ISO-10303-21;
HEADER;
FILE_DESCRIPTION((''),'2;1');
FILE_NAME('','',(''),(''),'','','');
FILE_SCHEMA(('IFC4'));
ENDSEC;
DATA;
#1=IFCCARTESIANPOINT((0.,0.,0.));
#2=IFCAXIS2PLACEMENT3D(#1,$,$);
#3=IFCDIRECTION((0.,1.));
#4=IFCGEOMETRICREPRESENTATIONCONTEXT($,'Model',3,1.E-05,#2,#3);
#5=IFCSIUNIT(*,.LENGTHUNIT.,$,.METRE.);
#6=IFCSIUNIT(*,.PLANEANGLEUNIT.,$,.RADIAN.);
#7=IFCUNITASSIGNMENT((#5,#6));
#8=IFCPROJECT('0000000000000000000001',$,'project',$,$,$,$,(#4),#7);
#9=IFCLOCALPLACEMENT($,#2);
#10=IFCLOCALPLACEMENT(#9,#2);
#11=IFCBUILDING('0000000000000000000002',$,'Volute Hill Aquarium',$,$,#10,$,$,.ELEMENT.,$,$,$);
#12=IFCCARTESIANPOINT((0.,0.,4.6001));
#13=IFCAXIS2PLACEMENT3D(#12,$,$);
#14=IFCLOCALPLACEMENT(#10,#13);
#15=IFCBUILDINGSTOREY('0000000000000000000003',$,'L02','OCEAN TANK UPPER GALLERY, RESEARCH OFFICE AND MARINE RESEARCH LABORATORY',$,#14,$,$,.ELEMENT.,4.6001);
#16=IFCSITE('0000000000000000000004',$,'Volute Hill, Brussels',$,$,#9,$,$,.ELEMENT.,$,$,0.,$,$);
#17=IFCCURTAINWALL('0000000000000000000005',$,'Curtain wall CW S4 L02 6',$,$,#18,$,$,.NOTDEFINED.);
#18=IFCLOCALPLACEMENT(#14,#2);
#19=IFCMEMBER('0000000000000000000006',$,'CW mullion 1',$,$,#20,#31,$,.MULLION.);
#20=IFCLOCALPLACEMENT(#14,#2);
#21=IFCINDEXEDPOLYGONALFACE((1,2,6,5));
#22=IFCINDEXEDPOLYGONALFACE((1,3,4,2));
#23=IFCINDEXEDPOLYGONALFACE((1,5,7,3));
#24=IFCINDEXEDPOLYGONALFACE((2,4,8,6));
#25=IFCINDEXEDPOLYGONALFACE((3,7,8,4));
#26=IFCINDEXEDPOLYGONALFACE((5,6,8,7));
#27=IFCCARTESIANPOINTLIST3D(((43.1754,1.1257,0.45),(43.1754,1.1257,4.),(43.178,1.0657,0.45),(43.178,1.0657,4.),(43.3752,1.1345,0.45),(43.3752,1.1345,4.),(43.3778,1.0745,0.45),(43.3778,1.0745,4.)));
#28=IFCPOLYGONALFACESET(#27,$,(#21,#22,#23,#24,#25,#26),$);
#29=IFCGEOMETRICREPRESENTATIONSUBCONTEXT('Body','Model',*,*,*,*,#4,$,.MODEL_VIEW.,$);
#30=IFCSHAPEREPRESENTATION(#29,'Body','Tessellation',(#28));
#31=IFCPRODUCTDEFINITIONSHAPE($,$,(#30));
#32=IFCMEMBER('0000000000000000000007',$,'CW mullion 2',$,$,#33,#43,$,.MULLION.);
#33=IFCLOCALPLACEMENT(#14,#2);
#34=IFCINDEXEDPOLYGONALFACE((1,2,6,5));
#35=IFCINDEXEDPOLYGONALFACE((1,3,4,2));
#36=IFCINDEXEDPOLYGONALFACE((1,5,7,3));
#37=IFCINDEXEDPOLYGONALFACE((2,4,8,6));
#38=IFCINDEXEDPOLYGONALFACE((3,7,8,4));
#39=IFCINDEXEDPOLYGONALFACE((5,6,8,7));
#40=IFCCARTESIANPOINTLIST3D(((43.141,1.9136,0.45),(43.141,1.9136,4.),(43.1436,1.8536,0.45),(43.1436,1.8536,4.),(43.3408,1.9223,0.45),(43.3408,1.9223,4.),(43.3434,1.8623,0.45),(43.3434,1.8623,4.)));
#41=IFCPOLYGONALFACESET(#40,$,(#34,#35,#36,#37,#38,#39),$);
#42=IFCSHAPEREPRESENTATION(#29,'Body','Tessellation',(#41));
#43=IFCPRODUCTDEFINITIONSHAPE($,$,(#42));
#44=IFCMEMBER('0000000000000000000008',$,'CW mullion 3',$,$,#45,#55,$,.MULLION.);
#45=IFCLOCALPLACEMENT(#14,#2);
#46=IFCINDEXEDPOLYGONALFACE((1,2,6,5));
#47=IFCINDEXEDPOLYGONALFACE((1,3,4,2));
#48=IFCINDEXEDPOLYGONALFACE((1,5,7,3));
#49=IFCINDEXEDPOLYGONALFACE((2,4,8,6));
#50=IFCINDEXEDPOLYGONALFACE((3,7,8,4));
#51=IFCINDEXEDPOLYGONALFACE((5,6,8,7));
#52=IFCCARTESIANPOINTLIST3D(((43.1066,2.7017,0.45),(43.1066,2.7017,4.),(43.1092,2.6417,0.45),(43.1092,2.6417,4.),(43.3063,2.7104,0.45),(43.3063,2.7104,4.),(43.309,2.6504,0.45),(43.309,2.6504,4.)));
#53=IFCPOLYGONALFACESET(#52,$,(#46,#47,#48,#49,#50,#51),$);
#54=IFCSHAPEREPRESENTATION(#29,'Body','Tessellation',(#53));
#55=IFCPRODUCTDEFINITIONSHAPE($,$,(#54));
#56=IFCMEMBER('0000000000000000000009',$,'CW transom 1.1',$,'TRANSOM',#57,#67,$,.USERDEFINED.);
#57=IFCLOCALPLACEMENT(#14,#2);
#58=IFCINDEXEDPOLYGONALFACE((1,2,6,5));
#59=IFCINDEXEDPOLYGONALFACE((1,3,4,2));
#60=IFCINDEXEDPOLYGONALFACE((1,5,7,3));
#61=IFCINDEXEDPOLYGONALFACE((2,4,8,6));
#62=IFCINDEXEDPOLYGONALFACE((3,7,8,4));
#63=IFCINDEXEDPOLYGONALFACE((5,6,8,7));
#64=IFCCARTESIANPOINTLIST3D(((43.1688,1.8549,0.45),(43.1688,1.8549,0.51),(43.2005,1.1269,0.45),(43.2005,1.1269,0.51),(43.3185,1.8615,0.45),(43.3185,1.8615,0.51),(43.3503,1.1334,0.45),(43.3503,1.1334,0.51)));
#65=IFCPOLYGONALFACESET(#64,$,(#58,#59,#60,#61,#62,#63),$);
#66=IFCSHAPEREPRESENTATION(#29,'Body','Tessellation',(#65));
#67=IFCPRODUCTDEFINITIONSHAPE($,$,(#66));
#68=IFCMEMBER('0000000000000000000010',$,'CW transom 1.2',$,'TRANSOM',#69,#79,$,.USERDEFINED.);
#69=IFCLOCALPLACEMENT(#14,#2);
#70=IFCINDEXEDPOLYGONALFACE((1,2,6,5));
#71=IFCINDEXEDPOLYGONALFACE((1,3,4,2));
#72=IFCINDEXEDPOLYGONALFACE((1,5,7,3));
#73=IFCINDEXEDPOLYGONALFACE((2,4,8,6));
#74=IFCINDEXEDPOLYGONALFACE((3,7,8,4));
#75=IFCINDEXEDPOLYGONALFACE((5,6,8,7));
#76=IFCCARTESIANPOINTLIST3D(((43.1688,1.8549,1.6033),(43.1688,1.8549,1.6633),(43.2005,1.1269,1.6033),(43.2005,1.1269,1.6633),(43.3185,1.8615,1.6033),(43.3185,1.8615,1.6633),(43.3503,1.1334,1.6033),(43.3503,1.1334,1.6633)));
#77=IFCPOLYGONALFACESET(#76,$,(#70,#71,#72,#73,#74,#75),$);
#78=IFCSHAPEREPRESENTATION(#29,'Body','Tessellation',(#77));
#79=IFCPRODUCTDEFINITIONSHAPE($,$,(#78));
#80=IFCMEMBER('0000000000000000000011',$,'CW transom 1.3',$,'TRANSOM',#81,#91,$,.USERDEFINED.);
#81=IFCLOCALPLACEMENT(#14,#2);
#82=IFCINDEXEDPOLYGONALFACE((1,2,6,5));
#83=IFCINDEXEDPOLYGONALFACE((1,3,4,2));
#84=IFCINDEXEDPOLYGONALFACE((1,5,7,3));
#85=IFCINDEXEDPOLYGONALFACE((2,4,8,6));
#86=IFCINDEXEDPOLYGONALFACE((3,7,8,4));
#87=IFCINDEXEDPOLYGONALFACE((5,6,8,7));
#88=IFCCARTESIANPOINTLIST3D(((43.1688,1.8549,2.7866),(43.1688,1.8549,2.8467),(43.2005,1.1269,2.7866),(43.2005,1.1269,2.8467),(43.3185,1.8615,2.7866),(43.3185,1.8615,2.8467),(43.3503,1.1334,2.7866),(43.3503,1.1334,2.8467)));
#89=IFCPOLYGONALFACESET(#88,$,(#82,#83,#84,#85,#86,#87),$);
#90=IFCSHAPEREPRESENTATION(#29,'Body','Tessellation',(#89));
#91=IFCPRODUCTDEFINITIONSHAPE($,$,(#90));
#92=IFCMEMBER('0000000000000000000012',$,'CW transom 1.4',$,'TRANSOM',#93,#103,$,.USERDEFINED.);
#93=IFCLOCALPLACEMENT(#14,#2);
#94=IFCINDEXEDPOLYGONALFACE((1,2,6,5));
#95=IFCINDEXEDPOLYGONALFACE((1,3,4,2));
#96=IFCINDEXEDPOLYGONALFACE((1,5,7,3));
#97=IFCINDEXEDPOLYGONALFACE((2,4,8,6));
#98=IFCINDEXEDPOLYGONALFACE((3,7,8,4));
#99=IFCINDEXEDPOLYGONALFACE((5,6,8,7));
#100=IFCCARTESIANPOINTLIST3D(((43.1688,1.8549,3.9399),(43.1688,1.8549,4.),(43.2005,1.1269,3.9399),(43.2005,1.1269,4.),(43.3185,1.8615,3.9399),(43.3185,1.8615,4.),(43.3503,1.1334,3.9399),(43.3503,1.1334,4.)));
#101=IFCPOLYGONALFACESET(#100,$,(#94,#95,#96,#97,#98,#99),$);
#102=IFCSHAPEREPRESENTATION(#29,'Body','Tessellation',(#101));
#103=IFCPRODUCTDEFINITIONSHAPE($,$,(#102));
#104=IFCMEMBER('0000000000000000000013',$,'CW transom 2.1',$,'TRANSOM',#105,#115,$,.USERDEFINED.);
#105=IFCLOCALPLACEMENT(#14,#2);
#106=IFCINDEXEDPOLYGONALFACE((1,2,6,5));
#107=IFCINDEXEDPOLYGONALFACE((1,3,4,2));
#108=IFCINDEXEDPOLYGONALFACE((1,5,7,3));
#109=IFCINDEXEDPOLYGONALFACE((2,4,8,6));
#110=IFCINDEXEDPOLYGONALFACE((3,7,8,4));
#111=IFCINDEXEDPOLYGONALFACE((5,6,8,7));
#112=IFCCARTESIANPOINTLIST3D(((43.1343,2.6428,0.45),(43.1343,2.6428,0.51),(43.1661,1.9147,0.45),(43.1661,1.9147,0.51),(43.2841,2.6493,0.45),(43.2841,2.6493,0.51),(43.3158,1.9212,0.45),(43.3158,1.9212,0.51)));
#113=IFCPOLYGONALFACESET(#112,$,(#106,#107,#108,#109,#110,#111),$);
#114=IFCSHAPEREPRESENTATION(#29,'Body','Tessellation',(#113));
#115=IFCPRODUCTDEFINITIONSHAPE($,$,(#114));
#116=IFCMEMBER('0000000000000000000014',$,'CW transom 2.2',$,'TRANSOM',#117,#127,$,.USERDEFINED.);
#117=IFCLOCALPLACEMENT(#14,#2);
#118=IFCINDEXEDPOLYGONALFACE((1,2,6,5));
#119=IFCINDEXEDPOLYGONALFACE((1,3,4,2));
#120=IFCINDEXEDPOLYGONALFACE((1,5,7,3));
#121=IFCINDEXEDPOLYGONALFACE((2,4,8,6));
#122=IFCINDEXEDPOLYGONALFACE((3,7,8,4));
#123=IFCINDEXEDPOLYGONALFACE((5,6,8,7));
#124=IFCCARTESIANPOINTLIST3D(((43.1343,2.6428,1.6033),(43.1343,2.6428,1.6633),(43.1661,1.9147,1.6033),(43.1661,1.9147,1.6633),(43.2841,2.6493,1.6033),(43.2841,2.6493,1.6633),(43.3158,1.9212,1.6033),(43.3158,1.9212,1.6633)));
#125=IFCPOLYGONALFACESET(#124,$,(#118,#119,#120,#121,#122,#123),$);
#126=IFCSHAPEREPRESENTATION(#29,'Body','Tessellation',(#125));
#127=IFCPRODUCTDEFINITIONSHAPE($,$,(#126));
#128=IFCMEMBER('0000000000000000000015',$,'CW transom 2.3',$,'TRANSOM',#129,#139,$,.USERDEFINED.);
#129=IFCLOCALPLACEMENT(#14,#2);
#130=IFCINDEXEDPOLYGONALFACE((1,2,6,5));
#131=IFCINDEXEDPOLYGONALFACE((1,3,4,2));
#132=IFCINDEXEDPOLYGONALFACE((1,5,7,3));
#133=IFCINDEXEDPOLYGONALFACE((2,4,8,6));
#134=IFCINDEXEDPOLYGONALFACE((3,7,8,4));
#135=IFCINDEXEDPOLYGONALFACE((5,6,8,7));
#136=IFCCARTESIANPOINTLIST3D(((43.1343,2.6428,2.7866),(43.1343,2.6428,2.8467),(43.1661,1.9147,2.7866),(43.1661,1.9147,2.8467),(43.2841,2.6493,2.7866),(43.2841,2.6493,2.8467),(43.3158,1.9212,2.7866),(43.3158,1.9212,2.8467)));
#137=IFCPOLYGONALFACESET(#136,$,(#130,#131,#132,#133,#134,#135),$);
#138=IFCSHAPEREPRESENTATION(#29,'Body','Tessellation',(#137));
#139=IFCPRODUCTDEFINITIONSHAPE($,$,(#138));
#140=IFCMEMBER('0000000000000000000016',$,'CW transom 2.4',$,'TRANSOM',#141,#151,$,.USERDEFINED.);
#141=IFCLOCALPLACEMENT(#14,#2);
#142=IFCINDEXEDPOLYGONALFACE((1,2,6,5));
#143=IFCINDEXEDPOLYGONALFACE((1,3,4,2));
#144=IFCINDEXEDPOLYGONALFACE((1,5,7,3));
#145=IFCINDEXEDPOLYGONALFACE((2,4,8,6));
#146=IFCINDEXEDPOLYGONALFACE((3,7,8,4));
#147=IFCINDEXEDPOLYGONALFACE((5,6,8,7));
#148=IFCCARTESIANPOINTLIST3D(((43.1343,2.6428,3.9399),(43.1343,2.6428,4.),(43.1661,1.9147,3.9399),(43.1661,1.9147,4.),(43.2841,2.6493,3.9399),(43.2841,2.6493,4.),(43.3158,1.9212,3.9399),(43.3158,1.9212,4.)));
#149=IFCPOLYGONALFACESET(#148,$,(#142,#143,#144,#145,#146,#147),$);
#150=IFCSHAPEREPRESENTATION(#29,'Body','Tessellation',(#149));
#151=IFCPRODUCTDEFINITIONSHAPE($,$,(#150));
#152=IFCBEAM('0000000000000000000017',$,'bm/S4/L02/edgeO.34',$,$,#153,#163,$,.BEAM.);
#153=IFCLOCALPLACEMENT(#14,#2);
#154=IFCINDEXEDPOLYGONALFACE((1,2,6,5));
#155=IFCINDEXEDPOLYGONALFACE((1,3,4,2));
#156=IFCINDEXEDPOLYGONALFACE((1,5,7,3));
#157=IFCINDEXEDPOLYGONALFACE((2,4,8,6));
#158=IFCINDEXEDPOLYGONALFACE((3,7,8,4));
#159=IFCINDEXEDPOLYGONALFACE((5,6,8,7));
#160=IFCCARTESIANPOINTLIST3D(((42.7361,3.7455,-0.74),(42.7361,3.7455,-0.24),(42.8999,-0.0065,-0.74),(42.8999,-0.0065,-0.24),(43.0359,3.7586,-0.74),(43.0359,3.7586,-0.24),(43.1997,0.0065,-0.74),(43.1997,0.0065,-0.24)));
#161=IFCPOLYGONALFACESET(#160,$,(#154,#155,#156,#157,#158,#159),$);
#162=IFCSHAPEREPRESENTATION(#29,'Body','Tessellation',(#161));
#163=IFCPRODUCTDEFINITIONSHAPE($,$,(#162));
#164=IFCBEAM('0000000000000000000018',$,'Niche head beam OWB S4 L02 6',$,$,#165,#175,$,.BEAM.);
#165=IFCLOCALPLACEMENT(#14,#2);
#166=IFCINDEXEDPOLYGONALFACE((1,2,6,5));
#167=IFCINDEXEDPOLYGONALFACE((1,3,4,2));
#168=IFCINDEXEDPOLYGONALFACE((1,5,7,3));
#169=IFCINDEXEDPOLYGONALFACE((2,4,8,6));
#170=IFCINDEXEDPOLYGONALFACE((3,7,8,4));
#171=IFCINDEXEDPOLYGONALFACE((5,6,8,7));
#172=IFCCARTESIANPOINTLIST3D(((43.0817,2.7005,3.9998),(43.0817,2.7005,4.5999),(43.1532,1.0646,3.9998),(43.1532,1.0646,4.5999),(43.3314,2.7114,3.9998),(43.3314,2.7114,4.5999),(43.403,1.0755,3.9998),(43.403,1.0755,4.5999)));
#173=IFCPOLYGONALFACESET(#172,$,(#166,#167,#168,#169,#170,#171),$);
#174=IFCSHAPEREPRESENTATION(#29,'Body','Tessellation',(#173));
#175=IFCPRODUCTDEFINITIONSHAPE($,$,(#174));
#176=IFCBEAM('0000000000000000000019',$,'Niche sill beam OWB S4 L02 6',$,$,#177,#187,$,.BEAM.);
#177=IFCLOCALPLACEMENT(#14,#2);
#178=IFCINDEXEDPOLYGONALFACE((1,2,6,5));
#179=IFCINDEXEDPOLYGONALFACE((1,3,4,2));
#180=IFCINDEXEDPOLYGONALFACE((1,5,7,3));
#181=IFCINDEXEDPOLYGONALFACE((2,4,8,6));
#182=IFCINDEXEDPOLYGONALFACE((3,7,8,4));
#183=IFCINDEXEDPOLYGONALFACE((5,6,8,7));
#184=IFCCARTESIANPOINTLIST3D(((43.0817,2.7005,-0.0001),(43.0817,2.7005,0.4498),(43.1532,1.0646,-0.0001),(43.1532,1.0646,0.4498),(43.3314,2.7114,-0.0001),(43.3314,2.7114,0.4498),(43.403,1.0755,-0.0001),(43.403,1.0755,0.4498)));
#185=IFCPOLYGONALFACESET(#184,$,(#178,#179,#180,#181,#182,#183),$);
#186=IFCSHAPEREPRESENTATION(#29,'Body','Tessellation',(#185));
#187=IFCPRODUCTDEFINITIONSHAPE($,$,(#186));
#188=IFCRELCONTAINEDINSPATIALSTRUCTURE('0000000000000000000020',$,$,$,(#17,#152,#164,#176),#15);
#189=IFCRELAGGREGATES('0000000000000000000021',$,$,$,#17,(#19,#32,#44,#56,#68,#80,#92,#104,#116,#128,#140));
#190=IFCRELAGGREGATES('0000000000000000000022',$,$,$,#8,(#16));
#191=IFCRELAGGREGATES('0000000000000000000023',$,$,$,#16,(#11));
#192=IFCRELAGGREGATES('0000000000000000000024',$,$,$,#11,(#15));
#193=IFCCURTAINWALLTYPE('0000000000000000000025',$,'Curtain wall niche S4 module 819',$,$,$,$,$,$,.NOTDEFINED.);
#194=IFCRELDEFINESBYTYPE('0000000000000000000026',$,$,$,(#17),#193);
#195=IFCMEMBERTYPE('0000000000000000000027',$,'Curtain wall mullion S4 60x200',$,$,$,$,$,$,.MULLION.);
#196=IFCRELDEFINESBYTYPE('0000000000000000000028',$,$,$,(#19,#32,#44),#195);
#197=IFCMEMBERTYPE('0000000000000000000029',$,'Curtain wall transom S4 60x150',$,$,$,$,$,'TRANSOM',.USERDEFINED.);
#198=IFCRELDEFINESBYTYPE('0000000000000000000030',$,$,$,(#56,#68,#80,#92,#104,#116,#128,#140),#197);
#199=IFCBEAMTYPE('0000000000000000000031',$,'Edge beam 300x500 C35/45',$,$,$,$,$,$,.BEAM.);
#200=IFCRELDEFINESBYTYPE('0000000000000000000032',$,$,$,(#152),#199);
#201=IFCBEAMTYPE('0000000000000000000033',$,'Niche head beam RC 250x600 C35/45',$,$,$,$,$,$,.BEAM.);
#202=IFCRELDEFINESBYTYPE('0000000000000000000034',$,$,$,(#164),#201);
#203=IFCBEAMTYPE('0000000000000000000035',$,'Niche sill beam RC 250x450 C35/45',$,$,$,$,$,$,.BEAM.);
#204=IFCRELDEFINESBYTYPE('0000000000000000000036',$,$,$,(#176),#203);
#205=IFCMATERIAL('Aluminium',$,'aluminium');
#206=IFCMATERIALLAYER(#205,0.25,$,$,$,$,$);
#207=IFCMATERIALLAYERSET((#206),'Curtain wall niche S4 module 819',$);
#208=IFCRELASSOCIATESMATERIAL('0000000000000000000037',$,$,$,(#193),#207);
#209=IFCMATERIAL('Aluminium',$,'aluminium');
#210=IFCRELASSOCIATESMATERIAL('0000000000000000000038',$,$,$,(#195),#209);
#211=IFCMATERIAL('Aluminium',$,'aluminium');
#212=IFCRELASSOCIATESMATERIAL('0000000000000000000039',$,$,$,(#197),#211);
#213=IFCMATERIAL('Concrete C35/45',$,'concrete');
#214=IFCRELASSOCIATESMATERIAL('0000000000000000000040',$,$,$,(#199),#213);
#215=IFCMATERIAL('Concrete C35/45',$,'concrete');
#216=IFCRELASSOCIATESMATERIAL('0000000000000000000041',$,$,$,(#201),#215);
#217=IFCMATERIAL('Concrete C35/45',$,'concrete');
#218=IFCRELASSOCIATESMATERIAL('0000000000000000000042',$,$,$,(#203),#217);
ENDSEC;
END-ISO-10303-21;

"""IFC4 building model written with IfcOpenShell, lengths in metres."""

from ifc_helpers import new_model, si_unit, direction, frame, origin, origin_2d, place, context, subcontext, project, spatial, rectangle, extrude, material, layer, layer_set, material_profile, profile_set, type_object, element, aggregate, save


model = new_model("IFC4")

# Units and contexts
model_context = context("Model", 3, precision=1e-05, world=origin(), true_north=direction((0.0, 1.0)))
body_context = subcontext(model_context, "Body", "Model", "MODEL_VIEW")
ifc_project = project(units=[si_unit("LENGTHUNIT", "METRE"), si_unit("PLANEANGLEUNIT", "RADIAN")], contexts=[model_context])

# Site, building, storey
site_placement = place(None, origin())
site = spatial("IfcSite", under=ifc_project, at=site_placement, Name="Volute Hill, Brussels", CompositionType="ELEMENT", RefElevation=0.0)
building_placement = place(site_placement, origin())
building = spatial("IfcBuilding", under=site, at=building_placement, Name="Volute Hill Aquarium", CompositionType="ELEMENT")
storey_placement = place(building_placement, frame((0.0, 0.0, 4.6001)))
storey = spatial("IfcBuildingStorey", under=building, at=storey_placement, Name="L02", Description="OCEAN TANK UPPER GALLERY, RESEARCH OFFICE AND MARINE RESEARCH LABORATORY", CompositionType="ELEMENT", Elevation=4.6001)

# Curtain wall, members
ifc_material_1 = material(Name="Aluminium", Category="aluminium")
ifc_layer_1 = layer(ifc_material_1, 0.25)
ifc_layer_set_1 = layer_set([ifc_layer_1], Name="Curtain wall niche S4 module 819")
curtain_wall_type = type_object("IfcCurtainWallType", Name="Curtain wall niche S4 module 819", PredefinedType="NOTDEFINED", material=ifc_layer_set_1)
curtain_wall_placement = place(storey_placement, origin())
curtain_wall = element("IfcCurtainWall", 1, at=curtain_wall_placement, inside=storey, type_object=curtain_wall_type, Name="Curtain wall CW S4 L02 6", PredefinedType="NOTDEFINED")
ifc_material_2 = material(Name="Aluminium", Category="aluminium")
ifc_material_profile_1 = material_profile(ifc_material_2, rectangle(XDim=0.2, YDim=0.0601, at=origin_2d()), Name="Curtain wall mullion S4 60x200")
ifc_profile_set_1 = profile_set([ifc_material_profile_1], Name="Aluminium")
member_type_1 = type_object("IfcMemberType", Name="Curtain wall mullion S4 60x200", PredefinedType="MULLION", material=ifc_profile_set_1)
member_1_placement = place(storey_placement, frame((43.2766, 1.1001, 0.45), z_axis=(0.0, 0.0, 1.0), x_axis=(-0.999048, -0.043623, 0.0)))
member_1 = element("IfcMember", 2, at=member_1_placement, type_object=member_type_1, Name="CW mullion 1", PredefinedType="MULLION", context=body_context, shape_type="SweptSolid", body=[
    extrude(rectangle(XDim=0.2, YDim=0.0601, at=origin_2d()), origin(), (0.0, 0.0, 1.0), 3.55),
])
member_2_placement = place(storey_placement, frame((43.2422, 1.8879, 0.45), z_axis=(0.0, 0.0, 1.0), x_axis=(-0.999048, -0.043623, 0.0)))
member_2 = element("IfcMember", 3, at=member_2_placement, type_object=member_type_1, Name="CW mullion 2", PredefinedType="MULLION", context=body_context, shape_type="SweptSolid", body=[
    extrude(rectangle(XDim=0.2, YDim=0.0601, at=origin_2d()), origin(), (0.0, 0.0, 1.0), 3.55),
])
member_3_placement = place(storey_placement, frame((43.2078, 2.676, 0.45), z_axis=(0.0, 0.0, 1.0), x_axis=(-0.999048, -0.043623, 0.0)))
member_3 = element("IfcMember", 4, at=member_3_placement, type_object=member_type_1, Name="CW mullion 3", PredefinedType="MULLION", context=body_context, shape_type="SweptSolid", body=[
    extrude(rectangle(XDim=0.2, YDim=0.0601, at=origin_2d()), origin(), (0.0, 0.0, 1.0), 3.55),
])
ifc_material_3 = material(Name="Aluminium", Category="aluminium")
ifc_material_profile_2 = material_profile(ifc_material_3, rectangle(XDim=0.1499, YDim=0.0601, at=origin_2d()), Name="Curtain wall transom S4 60x150")
ifc_profile_set_2 = profile_set([ifc_material_profile_2], Name="Aluminium")
member_type_2 = type_object("IfcMemberType", Name="Curtain wall transom S4 60x150", ElementType="TRANSOM", PredefinedType="USERDEFINED", material=ifc_profile_set_2)
member_4_placement = place(storey_placement, frame((43.2754, 1.1301, 0.48), z_axis=(-0.043554, 0.999051, 0.0), x_axis=(-0.999051, -0.043554, 0.0)))
member_4 = element("IfcMember", 5, at=member_4_placement, type_object=member_type_2, Name="CW transom 1.1", ObjectType="TRANSOM", PredefinedType="USERDEFINED", context=body_context, shape_type="SweptSolid", body=[
    extrude(rectangle(XDim=0.1499, YDim=0.0601, at=origin_2d()), origin(), (0.0, 0.0, 1.0), 0.7288),
])
member_5_placement = place(storey_placement, frame((43.2754, 1.1301, 1.6333), z_axis=(-0.043554, 0.999051, 0.0), x_axis=(-0.999051, -0.043554, 0.0)))
member_5 = element("IfcMember", 6, at=member_5_placement, type_object=member_type_2, Name="CW transom 1.2", ObjectType="TRANSOM", PredefinedType="USERDEFINED", context=body_context, shape_type="SweptSolid", body=[
    extrude(rectangle(XDim=0.1499, YDim=0.0601, at=origin_2d()), origin(), (0.0, 0.0, 1.0), 0.7288),
])
member_6_placement = place(storey_placement, frame((43.2754, 1.1301, 2.8167), z_axis=(-0.043554, 0.999051, 0.0), x_axis=(-0.999051, -0.043554, 0.0)))
member_6 = element("IfcMember", 7, at=member_6_placement, type_object=member_type_2, Name="CW transom 1.3", ObjectType="TRANSOM", PredefinedType="USERDEFINED", context=body_context, shape_type="SweptSolid", body=[
    extrude(rectangle(XDim=0.1499, YDim=0.0601, at=origin_2d()), origin(), (0.0, 0.0, 1.0), 0.7288),
])
member_7_placement = place(storey_placement, frame((43.2754, 1.1301, 3.97), z_axis=(-0.043554, 0.999051, 0.0), x_axis=(-0.999051, -0.043554, 0.0)))
member_7 = element("IfcMember", 8, at=member_7_placement, type_object=member_type_2, Name="CW transom 1.4", ObjectType="TRANSOM", PredefinedType="USERDEFINED", context=body_context, shape_type="SweptSolid", body=[
    extrude(rectangle(XDim=0.1499, YDim=0.0601, at=origin_2d()), origin(), (0.0, 0.0, 1.0), 0.7288),
])
member_8_placement = place(storey_placement, frame((43.241, 1.918, 0.48), z_axis=(-0.043554, 0.999051, 0.0), x_axis=(-0.999051, -0.043554, 0.0)))
member_8 = element("IfcMember", 9, at=member_8_placement, type_object=member_type_2, Name="CW transom 2.1", ObjectType="TRANSOM", PredefinedType="USERDEFINED", context=body_context, shape_type="SweptSolid", body=[
    extrude(rectangle(XDim=0.1499, YDim=0.0601, at=origin_2d()), origin(), (0.0, 0.0, 1.0), 0.7288),
])
member_9_placement = place(storey_placement, frame((43.241, 1.918, 1.6333), z_axis=(-0.043554, 0.999051, 0.0), x_axis=(-0.999051, -0.043554, 0.0)))
member_9 = element("IfcMember", 10, at=member_9_placement, type_object=member_type_2, Name="CW transom 2.2", ObjectType="TRANSOM", PredefinedType="USERDEFINED", context=body_context, shape_type="SweptSolid", body=[
    extrude(rectangle(XDim=0.1499, YDim=0.0601, at=origin_2d()), origin(), (0.0, 0.0, 1.0), 0.7288),
])
member_10_placement = place(storey_placement, frame((43.241, 1.918, 2.8167), z_axis=(-0.043554, 0.999051, 0.0), x_axis=(-0.999051, -0.043554, 0.0)))
member_10 = element("IfcMember", 11, at=member_10_placement, type_object=member_type_2, Name="CW transom 2.3", ObjectType="TRANSOM", PredefinedType="USERDEFINED", context=body_context, shape_type="SweptSolid", body=[
    extrude(rectangle(XDim=0.1499, YDim=0.0601, at=origin_2d()), origin(), (0.0, 0.0, 1.0), 0.7288),
])
member_11_placement = place(storey_placement, frame((43.241, 1.918, 3.97), z_axis=(-0.043554, 0.999051, 0.0), x_axis=(-0.999051, -0.043554, 0.0)))
member_11 = element("IfcMember", 12, at=member_11_placement, type_object=member_type_2, Name="CW transom 2.4", ObjectType="TRANSOM", PredefinedType="USERDEFINED", context=body_context, shape_type="SweptSolid", body=[
    extrude(rectangle(XDim=0.1499, YDim=0.0601, at=origin_2d()), origin(), (0.0, 0.0, 1.0), 0.7288),
])

# Beams
ifc_material_4 = material(Name="Concrete C35/45", Category="concrete")
ifc_material_profile_3 = material_profile(ifc_material_4, rectangle(XDim=0.3, YDim=0.5, at=origin_2d()), Name="RC edge beam 300x500")
ifc_profile_set_3 = profile_set([ifc_material_profile_3], Name="Concrete C35/45")
beam_type_1 = type_object("IfcBeamType", Name="Edge beam 300x500 C35/45", PredefinedType="BEAM", material=ifc_profile_set_3)
beam_1_placement = place(storey_placement, frame((43.0498, 0.0, -0.49), z_axis=(-0.043621, 0.999048, 0.0), x_axis=(-0.999048, -0.043621, 0.0)))
element("IfcBeam", 13, at=beam_1_placement, inside=storey, type_object=beam_type_1, Name="bm/S4/L02/edgeO.34", PredefinedType="BEAM", context=body_context, shape_type="SweptSolid", body=[
    extrude(rectangle(XDim=0.3, YDim=0.5, at=origin_2d()), origin(), (0.0, 0.0, 1.0), 3.7556),
])
ifc_material_5 = material(Name="Concrete C35/45", Category="concrete")
ifc_material_profile_4 = material_profile(ifc_material_5, rectangle(XDim=0.25, YDim=0.6001, at=origin_2d()), Name="RC beam 250x600")
ifc_profile_set_4 = profile_set([ifc_material_profile_4], Name="Concrete C35/45")
beam_type_2 = type_object("IfcBeamType", Name="Niche head beam RC 250x600 C35/45", PredefinedType="BEAM", material=ifc_profile_set_4)
beam_2_placement = place(storey_placement, frame((43.2781, 1.0701, 4.2998), z_axis=(-0.043683, 0.999045, 0.0), x_axis=(-0.999045, -0.043683, 0.0)))
element("IfcBeam", 14, at=beam_2_placement, inside=storey, type_object=beam_type_2, Name="Niche head beam OWB S4 L02 6", PredefinedType="BEAM", context=body_context, shape_type="SweptSolid", body=[
    extrude(rectangle(XDim=0.25, YDim=0.6001, at=origin_2d()), origin(), (0.0, 0.0, 1.0), 1.6375),
])
ifc_material_6 = material(Name="Concrete C35/45", Category="concrete")
ifc_material_profile_5 = material_profile(ifc_material_6, rectangle(XDim=0.25, YDim=0.45, at=origin_2d()), Name="RC beam 250x450")
ifc_profile_set_5 = profile_set([ifc_material_profile_5], Name="Concrete C35/45")
beam_type_3 = type_object("IfcBeamType", Name="Niche sill beam RC 250x450 C35/45", PredefinedType="BEAM", material=ifc_profile_set_5)
beam_3_placement = place(storey_placement, frame((43.2781, 1.0701, 0.2249), z_axis=(-0.043683, 0.999045, 0.0), x_axis=(-0.999045, -0.043683, 0.0)))
element("IfcBeam", 15, at=beam_3_placement, inside=storey, type_object=beam_type_3, Name="Niche sill beam OWB S4 L02 6", PredefinedType="BEAM", context=body_context, shape_type="SweptSolid", body=[
    extrude(rectangle(XDim=0.25, YDim=0.45, at=origin_2d()), origin(), (0.0, 0.0, 1.0), 1.6375),
])

aggregate(curtain_wall, [member_1, member_2, member_3, member_4, member_5, member_6, member_7, member_8, member_9, member_10, member_11])

save(model, "model.ifc")
